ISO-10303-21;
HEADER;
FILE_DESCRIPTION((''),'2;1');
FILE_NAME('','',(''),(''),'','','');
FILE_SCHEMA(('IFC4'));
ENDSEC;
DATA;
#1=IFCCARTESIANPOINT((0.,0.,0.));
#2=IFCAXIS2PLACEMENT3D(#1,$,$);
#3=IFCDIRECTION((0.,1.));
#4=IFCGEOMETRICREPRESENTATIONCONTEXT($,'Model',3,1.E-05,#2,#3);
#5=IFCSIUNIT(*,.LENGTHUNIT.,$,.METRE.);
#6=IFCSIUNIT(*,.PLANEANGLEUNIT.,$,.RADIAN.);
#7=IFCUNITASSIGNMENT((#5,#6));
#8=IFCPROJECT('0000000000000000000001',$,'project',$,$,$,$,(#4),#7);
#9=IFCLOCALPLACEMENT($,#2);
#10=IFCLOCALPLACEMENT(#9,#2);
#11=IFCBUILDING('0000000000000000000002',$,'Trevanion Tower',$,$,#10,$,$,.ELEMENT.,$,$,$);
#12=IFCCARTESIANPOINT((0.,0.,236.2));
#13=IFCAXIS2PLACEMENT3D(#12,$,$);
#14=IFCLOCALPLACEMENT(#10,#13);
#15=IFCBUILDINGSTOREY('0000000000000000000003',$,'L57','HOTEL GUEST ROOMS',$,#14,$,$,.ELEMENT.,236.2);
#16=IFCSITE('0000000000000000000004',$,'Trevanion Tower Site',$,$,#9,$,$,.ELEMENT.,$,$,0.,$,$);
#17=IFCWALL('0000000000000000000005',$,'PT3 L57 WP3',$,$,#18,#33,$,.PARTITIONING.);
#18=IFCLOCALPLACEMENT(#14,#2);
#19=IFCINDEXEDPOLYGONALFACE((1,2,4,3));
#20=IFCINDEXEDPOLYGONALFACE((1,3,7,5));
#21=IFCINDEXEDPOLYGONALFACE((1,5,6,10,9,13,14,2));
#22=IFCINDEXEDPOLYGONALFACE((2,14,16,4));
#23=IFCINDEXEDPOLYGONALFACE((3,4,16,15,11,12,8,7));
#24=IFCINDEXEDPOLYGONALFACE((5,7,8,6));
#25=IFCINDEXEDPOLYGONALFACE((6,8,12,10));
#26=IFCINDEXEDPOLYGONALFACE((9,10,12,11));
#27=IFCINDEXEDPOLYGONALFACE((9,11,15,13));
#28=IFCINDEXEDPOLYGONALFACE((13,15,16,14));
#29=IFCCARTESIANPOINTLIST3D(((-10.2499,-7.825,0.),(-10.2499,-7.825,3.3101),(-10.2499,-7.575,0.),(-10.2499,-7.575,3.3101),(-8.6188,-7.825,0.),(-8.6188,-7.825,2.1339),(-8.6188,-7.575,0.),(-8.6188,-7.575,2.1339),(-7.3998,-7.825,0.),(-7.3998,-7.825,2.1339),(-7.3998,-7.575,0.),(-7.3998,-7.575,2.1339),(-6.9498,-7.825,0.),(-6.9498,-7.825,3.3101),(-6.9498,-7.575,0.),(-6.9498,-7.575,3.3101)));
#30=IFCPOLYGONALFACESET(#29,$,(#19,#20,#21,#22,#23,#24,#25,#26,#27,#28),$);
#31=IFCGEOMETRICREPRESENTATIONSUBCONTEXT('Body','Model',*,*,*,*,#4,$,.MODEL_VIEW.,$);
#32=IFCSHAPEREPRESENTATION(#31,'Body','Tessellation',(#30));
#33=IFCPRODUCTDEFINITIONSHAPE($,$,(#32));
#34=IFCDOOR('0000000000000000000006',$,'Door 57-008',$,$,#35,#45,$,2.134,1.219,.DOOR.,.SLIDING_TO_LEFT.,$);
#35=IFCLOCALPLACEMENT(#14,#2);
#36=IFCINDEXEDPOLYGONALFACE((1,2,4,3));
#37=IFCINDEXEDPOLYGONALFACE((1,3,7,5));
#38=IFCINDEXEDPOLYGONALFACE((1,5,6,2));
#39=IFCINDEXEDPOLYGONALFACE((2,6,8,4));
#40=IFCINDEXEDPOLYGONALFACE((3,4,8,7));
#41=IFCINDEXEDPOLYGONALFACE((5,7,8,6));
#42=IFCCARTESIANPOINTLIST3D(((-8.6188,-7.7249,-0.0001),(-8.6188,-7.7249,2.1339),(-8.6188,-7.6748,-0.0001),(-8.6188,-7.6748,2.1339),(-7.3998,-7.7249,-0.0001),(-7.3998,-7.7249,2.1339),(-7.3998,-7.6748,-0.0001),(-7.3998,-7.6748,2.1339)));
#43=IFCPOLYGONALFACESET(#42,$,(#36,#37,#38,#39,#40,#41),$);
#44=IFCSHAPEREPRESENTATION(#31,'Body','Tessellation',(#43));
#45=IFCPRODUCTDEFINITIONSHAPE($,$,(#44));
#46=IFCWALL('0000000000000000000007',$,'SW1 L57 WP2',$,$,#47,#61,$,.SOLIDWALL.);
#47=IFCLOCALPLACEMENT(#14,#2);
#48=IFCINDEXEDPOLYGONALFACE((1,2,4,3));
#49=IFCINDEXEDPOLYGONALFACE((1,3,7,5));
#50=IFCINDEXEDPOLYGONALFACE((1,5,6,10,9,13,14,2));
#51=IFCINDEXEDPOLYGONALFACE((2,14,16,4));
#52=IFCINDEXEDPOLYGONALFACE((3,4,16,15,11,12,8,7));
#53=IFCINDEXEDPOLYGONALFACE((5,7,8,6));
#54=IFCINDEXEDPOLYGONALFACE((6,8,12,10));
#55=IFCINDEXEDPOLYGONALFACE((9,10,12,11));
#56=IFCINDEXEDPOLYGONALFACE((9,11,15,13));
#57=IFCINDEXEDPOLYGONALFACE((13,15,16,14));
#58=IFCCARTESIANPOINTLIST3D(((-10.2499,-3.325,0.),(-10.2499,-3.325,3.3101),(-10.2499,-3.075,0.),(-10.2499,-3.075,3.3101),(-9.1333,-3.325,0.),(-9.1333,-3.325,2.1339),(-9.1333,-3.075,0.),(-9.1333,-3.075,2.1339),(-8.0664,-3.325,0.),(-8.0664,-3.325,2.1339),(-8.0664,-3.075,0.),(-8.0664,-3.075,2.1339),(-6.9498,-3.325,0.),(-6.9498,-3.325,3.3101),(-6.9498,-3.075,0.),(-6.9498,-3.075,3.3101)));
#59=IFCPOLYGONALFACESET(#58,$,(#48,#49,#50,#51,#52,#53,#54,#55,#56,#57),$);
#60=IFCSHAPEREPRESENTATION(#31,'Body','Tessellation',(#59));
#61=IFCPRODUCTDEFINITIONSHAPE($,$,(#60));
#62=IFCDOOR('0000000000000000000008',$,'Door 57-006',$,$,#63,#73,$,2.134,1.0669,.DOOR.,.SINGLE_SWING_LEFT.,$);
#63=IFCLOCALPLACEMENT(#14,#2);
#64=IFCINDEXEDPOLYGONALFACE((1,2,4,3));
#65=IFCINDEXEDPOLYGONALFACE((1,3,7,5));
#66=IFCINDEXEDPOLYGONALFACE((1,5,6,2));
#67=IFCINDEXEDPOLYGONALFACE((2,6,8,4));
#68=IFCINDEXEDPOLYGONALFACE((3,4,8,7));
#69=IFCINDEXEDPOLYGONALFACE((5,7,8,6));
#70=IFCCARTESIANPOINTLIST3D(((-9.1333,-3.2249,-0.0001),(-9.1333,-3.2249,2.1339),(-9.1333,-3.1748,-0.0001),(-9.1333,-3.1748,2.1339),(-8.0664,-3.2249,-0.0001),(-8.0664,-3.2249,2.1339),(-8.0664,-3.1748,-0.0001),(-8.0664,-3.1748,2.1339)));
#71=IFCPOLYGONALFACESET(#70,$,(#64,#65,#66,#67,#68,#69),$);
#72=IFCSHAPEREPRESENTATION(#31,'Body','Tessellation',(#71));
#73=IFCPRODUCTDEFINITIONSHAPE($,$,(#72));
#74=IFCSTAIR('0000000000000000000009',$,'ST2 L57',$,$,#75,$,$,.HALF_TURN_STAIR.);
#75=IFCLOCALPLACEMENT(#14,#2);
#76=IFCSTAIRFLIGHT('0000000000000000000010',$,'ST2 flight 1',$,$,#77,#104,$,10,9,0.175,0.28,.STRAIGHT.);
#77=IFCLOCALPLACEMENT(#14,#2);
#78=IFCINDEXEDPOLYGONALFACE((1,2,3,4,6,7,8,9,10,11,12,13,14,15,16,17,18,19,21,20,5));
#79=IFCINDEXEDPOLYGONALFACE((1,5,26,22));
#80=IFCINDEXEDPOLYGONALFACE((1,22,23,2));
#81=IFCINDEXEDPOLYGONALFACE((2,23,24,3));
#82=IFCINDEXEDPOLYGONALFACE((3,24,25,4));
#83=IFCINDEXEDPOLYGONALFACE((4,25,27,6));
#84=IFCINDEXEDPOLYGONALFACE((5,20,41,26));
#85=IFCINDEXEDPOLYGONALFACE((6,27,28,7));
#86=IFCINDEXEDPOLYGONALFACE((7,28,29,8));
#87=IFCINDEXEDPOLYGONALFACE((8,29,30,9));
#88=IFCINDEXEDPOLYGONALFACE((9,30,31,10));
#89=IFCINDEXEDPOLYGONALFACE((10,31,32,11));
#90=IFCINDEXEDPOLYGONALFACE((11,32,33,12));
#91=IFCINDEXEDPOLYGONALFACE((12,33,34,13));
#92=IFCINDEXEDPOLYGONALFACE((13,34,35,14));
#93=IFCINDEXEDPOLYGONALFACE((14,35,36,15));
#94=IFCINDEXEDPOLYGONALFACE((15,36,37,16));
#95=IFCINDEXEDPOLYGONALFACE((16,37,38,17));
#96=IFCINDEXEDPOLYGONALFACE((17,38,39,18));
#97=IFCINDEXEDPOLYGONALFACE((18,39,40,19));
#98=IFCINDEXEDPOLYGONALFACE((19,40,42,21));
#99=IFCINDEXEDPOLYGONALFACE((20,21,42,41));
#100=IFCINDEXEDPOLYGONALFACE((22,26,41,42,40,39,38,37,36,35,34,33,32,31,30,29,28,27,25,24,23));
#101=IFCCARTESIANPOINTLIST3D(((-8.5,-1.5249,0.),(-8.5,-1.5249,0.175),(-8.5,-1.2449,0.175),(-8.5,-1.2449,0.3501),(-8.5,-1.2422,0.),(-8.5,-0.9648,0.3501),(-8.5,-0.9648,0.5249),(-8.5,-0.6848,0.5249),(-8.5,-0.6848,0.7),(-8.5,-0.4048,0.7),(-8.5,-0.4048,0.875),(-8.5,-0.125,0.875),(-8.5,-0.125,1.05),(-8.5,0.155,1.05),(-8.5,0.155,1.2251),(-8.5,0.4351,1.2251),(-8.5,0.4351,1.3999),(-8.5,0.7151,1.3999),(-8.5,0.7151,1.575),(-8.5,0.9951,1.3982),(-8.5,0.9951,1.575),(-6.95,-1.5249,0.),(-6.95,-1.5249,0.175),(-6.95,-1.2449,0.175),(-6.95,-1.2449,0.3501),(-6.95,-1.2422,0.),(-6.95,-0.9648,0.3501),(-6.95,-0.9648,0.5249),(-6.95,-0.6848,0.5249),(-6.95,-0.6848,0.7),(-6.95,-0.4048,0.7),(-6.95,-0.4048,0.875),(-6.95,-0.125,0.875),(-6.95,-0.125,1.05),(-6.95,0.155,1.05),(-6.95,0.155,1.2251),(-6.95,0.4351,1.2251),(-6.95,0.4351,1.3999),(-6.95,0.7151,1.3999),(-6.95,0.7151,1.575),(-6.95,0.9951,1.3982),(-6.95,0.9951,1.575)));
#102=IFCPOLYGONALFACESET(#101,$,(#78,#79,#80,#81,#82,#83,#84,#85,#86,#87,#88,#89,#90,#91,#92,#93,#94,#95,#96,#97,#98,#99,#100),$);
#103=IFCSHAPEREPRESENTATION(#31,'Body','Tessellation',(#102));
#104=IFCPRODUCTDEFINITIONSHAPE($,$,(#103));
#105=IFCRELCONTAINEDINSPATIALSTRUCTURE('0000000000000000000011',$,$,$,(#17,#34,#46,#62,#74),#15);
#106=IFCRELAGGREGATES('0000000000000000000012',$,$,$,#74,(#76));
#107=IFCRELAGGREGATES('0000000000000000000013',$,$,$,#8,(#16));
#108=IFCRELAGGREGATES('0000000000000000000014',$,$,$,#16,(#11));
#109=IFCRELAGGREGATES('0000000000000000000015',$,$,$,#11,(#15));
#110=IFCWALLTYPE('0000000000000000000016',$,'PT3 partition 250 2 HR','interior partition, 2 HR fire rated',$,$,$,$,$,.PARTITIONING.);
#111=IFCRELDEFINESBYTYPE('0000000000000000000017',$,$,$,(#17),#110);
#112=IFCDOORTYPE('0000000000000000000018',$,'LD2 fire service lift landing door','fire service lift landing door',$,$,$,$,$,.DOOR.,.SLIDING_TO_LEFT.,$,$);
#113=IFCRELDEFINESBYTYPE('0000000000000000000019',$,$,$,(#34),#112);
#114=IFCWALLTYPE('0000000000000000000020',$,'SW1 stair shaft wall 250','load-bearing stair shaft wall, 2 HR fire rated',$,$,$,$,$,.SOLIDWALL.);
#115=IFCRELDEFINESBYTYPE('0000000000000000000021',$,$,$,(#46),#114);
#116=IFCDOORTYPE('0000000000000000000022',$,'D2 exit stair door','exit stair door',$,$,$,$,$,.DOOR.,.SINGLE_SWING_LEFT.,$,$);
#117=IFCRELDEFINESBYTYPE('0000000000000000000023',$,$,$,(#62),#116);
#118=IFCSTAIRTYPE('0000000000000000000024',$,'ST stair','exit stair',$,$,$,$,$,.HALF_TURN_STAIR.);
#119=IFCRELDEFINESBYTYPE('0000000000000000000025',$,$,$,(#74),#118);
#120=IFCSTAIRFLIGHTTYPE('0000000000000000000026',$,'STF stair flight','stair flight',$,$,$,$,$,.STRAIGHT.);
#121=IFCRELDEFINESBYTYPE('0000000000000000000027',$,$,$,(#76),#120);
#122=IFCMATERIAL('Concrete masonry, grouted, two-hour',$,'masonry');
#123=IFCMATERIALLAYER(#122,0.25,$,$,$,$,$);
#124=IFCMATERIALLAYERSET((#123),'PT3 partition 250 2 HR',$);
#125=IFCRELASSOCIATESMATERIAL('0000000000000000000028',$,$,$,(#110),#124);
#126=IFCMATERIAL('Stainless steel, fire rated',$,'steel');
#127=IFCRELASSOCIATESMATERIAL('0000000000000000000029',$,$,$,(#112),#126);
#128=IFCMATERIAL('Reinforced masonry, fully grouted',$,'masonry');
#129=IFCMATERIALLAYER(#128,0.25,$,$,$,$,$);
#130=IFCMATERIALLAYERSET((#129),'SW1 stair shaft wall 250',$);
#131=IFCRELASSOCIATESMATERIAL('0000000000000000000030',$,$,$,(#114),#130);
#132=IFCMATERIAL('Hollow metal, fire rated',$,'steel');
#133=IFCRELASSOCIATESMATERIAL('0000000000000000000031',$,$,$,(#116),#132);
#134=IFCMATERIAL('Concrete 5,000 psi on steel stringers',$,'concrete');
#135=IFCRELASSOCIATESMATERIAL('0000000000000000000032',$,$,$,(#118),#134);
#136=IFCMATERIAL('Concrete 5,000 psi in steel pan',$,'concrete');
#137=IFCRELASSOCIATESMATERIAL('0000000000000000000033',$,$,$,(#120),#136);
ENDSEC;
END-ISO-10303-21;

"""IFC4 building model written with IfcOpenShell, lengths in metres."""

from ifc_helpers import new_model, si_unit, direction, frame, frame_2d, origin, place, context, subcontext, project, spatial, polyline, rectangle, outline, extrude, material, layer, layer_set, type_object, element, fill, aggregate, save


model = new_model("IFC4")

# Units and contexts
model_context = context("Model", 3, precision=1e-05, world=origin(), true_north=direction((0.0, 1.0)))
body_context = subcontext(model_context, "Body", "Model", "MODEL_VIEW")
ifc_project = project(units=[si_unit("LENGTHUNIT", "METRE"), si_unit("PLANEANGLEUNIT", "RADIAN")], contexts=[model_context])

# Site, building, storey
site_placement = place(None, origin())
site = spatial("IfcSite", under=ifc_project, at=site_placement, Name="Trevanion Tower Site", CompositionType="ELEMENT", RefElevation=0.0)
building_placement = place(site_placement, origin())
building = spatial("IfcBuilding", under=site, at=building_placement, Name="Trevanion Tower", CompositionType="ELEMENT")
storey_placement = place(building_placement, frame((0.0, 0.0, 236.2)))
storey = spatial("IfcBuildingStorey", under=building, at=storey_placement, Name="L57", Description="HOTEL GUEST ROOMS", CompositionType="ELEMENT", Elevation=236.2)

# Walls, openings, doors
ifc_material_1 = material(Name="Concrete masonry, grouted, two-hour", Category="masonry")
ifc_layer_1 = layer(ifc_material_1, 0.25)
ifc_layer_set_1 = layer_set([ifc_layer_1], Name="PT3 partition 250 2 HR")
wall_type_1 = type_object("IfcWallType", Name="PT3 partition 250 2 HR", Description="interior partition, 2 HR fire rated", PredefinedType="PARTITIONING", material=ifc_layer_set_1)
wall_1_placement = place(storey_placement, frame((-6.95, -7.7, 0.0), z_axis=(0.0, 0.0, 1.0), x_axis=(-1.0, 0.0, 0.0)))
wall_1 = element("IfcWall", 1, at=wall_1_placement, inside=storey, type_object=wall_type_1, Name="PT3 L57 WP3", PredefinedType="PARTITIONING", context=body_context, shape_type="SweptSolid", body=[
    extrude(rectangle(XDim=3.3, YDim=0.25, at=frame_2d((1.6499, 0.0))), origin(), (0.0, 0.0, 1.0), 3.3101),
])
opening_1_placement = place(wall_1_placement, frame((0.45, 0.0, 0.0)))
opening_1 = element("IfcOpeningElement", 2, at=opening_1_placement, cuts=wall_1, PredefinedType="OPENING", context=body_context, shape_type="SweptSolid", body=[
    extrude(rectangle(XDim=1.219, YDim=2.134, at=frame_2d((0.6094, 1.0669))), frame((0.0, 0.135, 0.0), z_axis=(0.0, -1.0, 0.0), x_axis=(1.0, 0.0, 0.0)), (0.0, 0.0, 1.0), 0.27),
])
ifc_material_2 = material(Name="Stainless steel, fire rated", Category="steel")
door_type_1 = type_object("IfcDoorType", Name="LD2 fire service lift landing door", Description="fire service lift landing door", OperationType="SLIDING_TO_LEFT", PredefinedType="DOOR", material=ifc_material_2)
door_1_placement = place(opening_1_placement, origin())
door_1 = element("IfcDoor", 3, at=door_1_placement, inside=storey, type_object=door_type_1, Name="Door 57-008", OperationType="SLIDING_TO_LEFT", OverallHeight=2.134, OverallWidth=1.219, PredefinedType="DOOR", context=body_context, shape_type="SweptSolid", body=[
    extrude(rectangle(XDim=1.219, YDim=2.134, at=frame_2d((0.6094, 1.0669))), frame((0.0, 0.0249, 0.0), z_axis=(0.0, -1.0, 0.0), x_axis=(1.0, 0.0, 0.0)), (0.0, 0.0, 1.0), 0.05),
])
fill(opening_1, door_1)
ifc_material_3 = material(Name="Reinforced masonry, fully grouted", Category="masonry")
ifc_layer_2 = layer(ifc_material_3, 0.25)
ifc_layer_set_2 = layer_set([ifc_layer_2], Name="SW1 stair shaft wall 250")
wall_type_2 = type_object("IfcWallType", Name="SW1 stair shaft wall 250", Description="load-bearing stair shaft wall, 2 HR fire rated", PredefinedType="SOLIDWALL", material=ifc_layer_set_2)
wall_2_placement = place(storey_placement, frame((-6.95, -3.2, 0.0), z_axis=(0.0, 0.0, 1.0), x_axis=(-1.0, 0.0, 0.0)))
wall_2 = element("IfcWall", 4, at=wall_2_placement, inside=storey, type_object=wall_type_2, Name="SW1 L57 WP2", PredefinedType="SOLIDWALL", context=body_context, shape_type="SweptSolid", body=[
    extrude(rectangle(XDim=3.3, YDim=0.25, at=frame_2d((1.6499, 0.0))), origin(), (0.0, 0.0, 1.0), 3.3101),
])
opening_2_placement = place(wall_2_placement, frame((1.1165, 0.0, 0.0)))
opening_2 = element("IfcOpeningElement", 5, at=opening_2_placement, cuts=wall_2, PredefinedType="OPENING", context=body_context, shape_type="SweptSolid", body=[
    extrude(rectangle(XDim=1.0669, YDim=2.134, at=frame_2d((0.5334, 1.0669))), frame((0.0, 0.135, 0.0), z_axis=(0.0, -1.0, 0.0), x_axis=(1.0, 0.0, 0.0)), (0.0, 0.0, 1.0), 0.27),
])
ifc_material_4 = material(Name="Hollow metal, fire rated", Category="steel")
door_type_2 = type_object("IfcDoorType", Name="D2 exit stair door", Description="exit stair door", OperationType="SINGLE_SWING_LEFT", PredefinedType="DOOR", material=ifc_material_4)
door_2_placement = place(opening_2_placement, origin())
door_2 = element("IfcDoor", 6, at=door_2_placement, inside=storey, type_object=door_type_2, Name="Door 57-006", OperationType="SINGLE_SWING_LEFT", OverallHeight=2.134, OverallWidth=1.0669, PredefinedType="DOOR", context=body_context, shape_type="SweptSolid", body=[
    extrude(rectangle(XDim=1.0669, YDim=2.134, at=frame_2d((0.5334, 1.0669))), frame((0.0, 0.0249, 0.0), z_axis=(0.0, -1.0, 0.0), x_axis=(1.0, 0.0, 0.0)), (0.0, 0.0, 1.0), 0.05),
])
fill(opening_2, door_2)

# Stair, stair flight
ifc_material_5 = material(Name="Concrete 5,000 psi on steel stringers", Category="concrete")
stair_type = type_object("IfcStairType", Name="ST stair", Description="exit stair", PredefinedType="HALF_TURN_STAIR", material=ifc_material_5)
stair_placement = place(storey_placement, origin())
stair = element("IfcStair", 7, at=stair_placement, inside=storey, type_object=stair_type, Name="ST2 L57", PredefinedType="HALF_TURN_STAIR")
ifc_material_6 = material(Name="Concrete 5,000 psi in steel pan", Category="concrete")
stair_flight_type = type_object("IfcStairFlightType", Name="STF stair flight", Description="stair flight", PredefinedType="STRAIGHT", material=ifc_material_6)
stair_flight_placement = place(storey_placement, frame((-7.7251, -1.5249, 0.0), z_axis=(0.0, 0.0, 1.0), x_axis=(0.0, 1.0, 0.0)))
stair_flight = element("IfcStairFlight", 8, at=stair_flight_placement, type_object=stair_flight_type, Name="ST2 flight 1", NumberOfRisers=10, NumberOfTreads=9, PredefinedType="STRAIGHT", RiserHeight=0.175, TreadLength=0.28, context=body_context, shape_type="SweptSolid", body=[
    extrude(outline(polyline([(0.0, 0.0), (0.0, 0.175), (0.28, 0.175), (0.28, 0.3501), (0.5601, 0.3501), (0.5601, 0.5249), (0.8401, 0.5249), (0.8401, 0.7), (1.1201, 0.7), (1.1201, 0.875), (1.3999, 0.875), (1.3999, 1.05), (1.6799, 1.05), (1.6799, 1.2251), (1.96, 1.2251), (1.96, 1.3999), (2.24, 1.3999), (2.24, 1.575), (2.52, 1.575), (2.52, 1.75), (2.52, 1.3982), (0.2827, 0.0), (0.0, 0.0)])), frame((0.0, 0.7749, 0.0), z_axis=(0.0, -1.0, 0.0), x_axis=(1.0, 0.0, 0.0)), (0.0, 0.0, 1.0), 1.55),
])
aggregate(stair, [stair_flight])

save(model, "model.ifc")
